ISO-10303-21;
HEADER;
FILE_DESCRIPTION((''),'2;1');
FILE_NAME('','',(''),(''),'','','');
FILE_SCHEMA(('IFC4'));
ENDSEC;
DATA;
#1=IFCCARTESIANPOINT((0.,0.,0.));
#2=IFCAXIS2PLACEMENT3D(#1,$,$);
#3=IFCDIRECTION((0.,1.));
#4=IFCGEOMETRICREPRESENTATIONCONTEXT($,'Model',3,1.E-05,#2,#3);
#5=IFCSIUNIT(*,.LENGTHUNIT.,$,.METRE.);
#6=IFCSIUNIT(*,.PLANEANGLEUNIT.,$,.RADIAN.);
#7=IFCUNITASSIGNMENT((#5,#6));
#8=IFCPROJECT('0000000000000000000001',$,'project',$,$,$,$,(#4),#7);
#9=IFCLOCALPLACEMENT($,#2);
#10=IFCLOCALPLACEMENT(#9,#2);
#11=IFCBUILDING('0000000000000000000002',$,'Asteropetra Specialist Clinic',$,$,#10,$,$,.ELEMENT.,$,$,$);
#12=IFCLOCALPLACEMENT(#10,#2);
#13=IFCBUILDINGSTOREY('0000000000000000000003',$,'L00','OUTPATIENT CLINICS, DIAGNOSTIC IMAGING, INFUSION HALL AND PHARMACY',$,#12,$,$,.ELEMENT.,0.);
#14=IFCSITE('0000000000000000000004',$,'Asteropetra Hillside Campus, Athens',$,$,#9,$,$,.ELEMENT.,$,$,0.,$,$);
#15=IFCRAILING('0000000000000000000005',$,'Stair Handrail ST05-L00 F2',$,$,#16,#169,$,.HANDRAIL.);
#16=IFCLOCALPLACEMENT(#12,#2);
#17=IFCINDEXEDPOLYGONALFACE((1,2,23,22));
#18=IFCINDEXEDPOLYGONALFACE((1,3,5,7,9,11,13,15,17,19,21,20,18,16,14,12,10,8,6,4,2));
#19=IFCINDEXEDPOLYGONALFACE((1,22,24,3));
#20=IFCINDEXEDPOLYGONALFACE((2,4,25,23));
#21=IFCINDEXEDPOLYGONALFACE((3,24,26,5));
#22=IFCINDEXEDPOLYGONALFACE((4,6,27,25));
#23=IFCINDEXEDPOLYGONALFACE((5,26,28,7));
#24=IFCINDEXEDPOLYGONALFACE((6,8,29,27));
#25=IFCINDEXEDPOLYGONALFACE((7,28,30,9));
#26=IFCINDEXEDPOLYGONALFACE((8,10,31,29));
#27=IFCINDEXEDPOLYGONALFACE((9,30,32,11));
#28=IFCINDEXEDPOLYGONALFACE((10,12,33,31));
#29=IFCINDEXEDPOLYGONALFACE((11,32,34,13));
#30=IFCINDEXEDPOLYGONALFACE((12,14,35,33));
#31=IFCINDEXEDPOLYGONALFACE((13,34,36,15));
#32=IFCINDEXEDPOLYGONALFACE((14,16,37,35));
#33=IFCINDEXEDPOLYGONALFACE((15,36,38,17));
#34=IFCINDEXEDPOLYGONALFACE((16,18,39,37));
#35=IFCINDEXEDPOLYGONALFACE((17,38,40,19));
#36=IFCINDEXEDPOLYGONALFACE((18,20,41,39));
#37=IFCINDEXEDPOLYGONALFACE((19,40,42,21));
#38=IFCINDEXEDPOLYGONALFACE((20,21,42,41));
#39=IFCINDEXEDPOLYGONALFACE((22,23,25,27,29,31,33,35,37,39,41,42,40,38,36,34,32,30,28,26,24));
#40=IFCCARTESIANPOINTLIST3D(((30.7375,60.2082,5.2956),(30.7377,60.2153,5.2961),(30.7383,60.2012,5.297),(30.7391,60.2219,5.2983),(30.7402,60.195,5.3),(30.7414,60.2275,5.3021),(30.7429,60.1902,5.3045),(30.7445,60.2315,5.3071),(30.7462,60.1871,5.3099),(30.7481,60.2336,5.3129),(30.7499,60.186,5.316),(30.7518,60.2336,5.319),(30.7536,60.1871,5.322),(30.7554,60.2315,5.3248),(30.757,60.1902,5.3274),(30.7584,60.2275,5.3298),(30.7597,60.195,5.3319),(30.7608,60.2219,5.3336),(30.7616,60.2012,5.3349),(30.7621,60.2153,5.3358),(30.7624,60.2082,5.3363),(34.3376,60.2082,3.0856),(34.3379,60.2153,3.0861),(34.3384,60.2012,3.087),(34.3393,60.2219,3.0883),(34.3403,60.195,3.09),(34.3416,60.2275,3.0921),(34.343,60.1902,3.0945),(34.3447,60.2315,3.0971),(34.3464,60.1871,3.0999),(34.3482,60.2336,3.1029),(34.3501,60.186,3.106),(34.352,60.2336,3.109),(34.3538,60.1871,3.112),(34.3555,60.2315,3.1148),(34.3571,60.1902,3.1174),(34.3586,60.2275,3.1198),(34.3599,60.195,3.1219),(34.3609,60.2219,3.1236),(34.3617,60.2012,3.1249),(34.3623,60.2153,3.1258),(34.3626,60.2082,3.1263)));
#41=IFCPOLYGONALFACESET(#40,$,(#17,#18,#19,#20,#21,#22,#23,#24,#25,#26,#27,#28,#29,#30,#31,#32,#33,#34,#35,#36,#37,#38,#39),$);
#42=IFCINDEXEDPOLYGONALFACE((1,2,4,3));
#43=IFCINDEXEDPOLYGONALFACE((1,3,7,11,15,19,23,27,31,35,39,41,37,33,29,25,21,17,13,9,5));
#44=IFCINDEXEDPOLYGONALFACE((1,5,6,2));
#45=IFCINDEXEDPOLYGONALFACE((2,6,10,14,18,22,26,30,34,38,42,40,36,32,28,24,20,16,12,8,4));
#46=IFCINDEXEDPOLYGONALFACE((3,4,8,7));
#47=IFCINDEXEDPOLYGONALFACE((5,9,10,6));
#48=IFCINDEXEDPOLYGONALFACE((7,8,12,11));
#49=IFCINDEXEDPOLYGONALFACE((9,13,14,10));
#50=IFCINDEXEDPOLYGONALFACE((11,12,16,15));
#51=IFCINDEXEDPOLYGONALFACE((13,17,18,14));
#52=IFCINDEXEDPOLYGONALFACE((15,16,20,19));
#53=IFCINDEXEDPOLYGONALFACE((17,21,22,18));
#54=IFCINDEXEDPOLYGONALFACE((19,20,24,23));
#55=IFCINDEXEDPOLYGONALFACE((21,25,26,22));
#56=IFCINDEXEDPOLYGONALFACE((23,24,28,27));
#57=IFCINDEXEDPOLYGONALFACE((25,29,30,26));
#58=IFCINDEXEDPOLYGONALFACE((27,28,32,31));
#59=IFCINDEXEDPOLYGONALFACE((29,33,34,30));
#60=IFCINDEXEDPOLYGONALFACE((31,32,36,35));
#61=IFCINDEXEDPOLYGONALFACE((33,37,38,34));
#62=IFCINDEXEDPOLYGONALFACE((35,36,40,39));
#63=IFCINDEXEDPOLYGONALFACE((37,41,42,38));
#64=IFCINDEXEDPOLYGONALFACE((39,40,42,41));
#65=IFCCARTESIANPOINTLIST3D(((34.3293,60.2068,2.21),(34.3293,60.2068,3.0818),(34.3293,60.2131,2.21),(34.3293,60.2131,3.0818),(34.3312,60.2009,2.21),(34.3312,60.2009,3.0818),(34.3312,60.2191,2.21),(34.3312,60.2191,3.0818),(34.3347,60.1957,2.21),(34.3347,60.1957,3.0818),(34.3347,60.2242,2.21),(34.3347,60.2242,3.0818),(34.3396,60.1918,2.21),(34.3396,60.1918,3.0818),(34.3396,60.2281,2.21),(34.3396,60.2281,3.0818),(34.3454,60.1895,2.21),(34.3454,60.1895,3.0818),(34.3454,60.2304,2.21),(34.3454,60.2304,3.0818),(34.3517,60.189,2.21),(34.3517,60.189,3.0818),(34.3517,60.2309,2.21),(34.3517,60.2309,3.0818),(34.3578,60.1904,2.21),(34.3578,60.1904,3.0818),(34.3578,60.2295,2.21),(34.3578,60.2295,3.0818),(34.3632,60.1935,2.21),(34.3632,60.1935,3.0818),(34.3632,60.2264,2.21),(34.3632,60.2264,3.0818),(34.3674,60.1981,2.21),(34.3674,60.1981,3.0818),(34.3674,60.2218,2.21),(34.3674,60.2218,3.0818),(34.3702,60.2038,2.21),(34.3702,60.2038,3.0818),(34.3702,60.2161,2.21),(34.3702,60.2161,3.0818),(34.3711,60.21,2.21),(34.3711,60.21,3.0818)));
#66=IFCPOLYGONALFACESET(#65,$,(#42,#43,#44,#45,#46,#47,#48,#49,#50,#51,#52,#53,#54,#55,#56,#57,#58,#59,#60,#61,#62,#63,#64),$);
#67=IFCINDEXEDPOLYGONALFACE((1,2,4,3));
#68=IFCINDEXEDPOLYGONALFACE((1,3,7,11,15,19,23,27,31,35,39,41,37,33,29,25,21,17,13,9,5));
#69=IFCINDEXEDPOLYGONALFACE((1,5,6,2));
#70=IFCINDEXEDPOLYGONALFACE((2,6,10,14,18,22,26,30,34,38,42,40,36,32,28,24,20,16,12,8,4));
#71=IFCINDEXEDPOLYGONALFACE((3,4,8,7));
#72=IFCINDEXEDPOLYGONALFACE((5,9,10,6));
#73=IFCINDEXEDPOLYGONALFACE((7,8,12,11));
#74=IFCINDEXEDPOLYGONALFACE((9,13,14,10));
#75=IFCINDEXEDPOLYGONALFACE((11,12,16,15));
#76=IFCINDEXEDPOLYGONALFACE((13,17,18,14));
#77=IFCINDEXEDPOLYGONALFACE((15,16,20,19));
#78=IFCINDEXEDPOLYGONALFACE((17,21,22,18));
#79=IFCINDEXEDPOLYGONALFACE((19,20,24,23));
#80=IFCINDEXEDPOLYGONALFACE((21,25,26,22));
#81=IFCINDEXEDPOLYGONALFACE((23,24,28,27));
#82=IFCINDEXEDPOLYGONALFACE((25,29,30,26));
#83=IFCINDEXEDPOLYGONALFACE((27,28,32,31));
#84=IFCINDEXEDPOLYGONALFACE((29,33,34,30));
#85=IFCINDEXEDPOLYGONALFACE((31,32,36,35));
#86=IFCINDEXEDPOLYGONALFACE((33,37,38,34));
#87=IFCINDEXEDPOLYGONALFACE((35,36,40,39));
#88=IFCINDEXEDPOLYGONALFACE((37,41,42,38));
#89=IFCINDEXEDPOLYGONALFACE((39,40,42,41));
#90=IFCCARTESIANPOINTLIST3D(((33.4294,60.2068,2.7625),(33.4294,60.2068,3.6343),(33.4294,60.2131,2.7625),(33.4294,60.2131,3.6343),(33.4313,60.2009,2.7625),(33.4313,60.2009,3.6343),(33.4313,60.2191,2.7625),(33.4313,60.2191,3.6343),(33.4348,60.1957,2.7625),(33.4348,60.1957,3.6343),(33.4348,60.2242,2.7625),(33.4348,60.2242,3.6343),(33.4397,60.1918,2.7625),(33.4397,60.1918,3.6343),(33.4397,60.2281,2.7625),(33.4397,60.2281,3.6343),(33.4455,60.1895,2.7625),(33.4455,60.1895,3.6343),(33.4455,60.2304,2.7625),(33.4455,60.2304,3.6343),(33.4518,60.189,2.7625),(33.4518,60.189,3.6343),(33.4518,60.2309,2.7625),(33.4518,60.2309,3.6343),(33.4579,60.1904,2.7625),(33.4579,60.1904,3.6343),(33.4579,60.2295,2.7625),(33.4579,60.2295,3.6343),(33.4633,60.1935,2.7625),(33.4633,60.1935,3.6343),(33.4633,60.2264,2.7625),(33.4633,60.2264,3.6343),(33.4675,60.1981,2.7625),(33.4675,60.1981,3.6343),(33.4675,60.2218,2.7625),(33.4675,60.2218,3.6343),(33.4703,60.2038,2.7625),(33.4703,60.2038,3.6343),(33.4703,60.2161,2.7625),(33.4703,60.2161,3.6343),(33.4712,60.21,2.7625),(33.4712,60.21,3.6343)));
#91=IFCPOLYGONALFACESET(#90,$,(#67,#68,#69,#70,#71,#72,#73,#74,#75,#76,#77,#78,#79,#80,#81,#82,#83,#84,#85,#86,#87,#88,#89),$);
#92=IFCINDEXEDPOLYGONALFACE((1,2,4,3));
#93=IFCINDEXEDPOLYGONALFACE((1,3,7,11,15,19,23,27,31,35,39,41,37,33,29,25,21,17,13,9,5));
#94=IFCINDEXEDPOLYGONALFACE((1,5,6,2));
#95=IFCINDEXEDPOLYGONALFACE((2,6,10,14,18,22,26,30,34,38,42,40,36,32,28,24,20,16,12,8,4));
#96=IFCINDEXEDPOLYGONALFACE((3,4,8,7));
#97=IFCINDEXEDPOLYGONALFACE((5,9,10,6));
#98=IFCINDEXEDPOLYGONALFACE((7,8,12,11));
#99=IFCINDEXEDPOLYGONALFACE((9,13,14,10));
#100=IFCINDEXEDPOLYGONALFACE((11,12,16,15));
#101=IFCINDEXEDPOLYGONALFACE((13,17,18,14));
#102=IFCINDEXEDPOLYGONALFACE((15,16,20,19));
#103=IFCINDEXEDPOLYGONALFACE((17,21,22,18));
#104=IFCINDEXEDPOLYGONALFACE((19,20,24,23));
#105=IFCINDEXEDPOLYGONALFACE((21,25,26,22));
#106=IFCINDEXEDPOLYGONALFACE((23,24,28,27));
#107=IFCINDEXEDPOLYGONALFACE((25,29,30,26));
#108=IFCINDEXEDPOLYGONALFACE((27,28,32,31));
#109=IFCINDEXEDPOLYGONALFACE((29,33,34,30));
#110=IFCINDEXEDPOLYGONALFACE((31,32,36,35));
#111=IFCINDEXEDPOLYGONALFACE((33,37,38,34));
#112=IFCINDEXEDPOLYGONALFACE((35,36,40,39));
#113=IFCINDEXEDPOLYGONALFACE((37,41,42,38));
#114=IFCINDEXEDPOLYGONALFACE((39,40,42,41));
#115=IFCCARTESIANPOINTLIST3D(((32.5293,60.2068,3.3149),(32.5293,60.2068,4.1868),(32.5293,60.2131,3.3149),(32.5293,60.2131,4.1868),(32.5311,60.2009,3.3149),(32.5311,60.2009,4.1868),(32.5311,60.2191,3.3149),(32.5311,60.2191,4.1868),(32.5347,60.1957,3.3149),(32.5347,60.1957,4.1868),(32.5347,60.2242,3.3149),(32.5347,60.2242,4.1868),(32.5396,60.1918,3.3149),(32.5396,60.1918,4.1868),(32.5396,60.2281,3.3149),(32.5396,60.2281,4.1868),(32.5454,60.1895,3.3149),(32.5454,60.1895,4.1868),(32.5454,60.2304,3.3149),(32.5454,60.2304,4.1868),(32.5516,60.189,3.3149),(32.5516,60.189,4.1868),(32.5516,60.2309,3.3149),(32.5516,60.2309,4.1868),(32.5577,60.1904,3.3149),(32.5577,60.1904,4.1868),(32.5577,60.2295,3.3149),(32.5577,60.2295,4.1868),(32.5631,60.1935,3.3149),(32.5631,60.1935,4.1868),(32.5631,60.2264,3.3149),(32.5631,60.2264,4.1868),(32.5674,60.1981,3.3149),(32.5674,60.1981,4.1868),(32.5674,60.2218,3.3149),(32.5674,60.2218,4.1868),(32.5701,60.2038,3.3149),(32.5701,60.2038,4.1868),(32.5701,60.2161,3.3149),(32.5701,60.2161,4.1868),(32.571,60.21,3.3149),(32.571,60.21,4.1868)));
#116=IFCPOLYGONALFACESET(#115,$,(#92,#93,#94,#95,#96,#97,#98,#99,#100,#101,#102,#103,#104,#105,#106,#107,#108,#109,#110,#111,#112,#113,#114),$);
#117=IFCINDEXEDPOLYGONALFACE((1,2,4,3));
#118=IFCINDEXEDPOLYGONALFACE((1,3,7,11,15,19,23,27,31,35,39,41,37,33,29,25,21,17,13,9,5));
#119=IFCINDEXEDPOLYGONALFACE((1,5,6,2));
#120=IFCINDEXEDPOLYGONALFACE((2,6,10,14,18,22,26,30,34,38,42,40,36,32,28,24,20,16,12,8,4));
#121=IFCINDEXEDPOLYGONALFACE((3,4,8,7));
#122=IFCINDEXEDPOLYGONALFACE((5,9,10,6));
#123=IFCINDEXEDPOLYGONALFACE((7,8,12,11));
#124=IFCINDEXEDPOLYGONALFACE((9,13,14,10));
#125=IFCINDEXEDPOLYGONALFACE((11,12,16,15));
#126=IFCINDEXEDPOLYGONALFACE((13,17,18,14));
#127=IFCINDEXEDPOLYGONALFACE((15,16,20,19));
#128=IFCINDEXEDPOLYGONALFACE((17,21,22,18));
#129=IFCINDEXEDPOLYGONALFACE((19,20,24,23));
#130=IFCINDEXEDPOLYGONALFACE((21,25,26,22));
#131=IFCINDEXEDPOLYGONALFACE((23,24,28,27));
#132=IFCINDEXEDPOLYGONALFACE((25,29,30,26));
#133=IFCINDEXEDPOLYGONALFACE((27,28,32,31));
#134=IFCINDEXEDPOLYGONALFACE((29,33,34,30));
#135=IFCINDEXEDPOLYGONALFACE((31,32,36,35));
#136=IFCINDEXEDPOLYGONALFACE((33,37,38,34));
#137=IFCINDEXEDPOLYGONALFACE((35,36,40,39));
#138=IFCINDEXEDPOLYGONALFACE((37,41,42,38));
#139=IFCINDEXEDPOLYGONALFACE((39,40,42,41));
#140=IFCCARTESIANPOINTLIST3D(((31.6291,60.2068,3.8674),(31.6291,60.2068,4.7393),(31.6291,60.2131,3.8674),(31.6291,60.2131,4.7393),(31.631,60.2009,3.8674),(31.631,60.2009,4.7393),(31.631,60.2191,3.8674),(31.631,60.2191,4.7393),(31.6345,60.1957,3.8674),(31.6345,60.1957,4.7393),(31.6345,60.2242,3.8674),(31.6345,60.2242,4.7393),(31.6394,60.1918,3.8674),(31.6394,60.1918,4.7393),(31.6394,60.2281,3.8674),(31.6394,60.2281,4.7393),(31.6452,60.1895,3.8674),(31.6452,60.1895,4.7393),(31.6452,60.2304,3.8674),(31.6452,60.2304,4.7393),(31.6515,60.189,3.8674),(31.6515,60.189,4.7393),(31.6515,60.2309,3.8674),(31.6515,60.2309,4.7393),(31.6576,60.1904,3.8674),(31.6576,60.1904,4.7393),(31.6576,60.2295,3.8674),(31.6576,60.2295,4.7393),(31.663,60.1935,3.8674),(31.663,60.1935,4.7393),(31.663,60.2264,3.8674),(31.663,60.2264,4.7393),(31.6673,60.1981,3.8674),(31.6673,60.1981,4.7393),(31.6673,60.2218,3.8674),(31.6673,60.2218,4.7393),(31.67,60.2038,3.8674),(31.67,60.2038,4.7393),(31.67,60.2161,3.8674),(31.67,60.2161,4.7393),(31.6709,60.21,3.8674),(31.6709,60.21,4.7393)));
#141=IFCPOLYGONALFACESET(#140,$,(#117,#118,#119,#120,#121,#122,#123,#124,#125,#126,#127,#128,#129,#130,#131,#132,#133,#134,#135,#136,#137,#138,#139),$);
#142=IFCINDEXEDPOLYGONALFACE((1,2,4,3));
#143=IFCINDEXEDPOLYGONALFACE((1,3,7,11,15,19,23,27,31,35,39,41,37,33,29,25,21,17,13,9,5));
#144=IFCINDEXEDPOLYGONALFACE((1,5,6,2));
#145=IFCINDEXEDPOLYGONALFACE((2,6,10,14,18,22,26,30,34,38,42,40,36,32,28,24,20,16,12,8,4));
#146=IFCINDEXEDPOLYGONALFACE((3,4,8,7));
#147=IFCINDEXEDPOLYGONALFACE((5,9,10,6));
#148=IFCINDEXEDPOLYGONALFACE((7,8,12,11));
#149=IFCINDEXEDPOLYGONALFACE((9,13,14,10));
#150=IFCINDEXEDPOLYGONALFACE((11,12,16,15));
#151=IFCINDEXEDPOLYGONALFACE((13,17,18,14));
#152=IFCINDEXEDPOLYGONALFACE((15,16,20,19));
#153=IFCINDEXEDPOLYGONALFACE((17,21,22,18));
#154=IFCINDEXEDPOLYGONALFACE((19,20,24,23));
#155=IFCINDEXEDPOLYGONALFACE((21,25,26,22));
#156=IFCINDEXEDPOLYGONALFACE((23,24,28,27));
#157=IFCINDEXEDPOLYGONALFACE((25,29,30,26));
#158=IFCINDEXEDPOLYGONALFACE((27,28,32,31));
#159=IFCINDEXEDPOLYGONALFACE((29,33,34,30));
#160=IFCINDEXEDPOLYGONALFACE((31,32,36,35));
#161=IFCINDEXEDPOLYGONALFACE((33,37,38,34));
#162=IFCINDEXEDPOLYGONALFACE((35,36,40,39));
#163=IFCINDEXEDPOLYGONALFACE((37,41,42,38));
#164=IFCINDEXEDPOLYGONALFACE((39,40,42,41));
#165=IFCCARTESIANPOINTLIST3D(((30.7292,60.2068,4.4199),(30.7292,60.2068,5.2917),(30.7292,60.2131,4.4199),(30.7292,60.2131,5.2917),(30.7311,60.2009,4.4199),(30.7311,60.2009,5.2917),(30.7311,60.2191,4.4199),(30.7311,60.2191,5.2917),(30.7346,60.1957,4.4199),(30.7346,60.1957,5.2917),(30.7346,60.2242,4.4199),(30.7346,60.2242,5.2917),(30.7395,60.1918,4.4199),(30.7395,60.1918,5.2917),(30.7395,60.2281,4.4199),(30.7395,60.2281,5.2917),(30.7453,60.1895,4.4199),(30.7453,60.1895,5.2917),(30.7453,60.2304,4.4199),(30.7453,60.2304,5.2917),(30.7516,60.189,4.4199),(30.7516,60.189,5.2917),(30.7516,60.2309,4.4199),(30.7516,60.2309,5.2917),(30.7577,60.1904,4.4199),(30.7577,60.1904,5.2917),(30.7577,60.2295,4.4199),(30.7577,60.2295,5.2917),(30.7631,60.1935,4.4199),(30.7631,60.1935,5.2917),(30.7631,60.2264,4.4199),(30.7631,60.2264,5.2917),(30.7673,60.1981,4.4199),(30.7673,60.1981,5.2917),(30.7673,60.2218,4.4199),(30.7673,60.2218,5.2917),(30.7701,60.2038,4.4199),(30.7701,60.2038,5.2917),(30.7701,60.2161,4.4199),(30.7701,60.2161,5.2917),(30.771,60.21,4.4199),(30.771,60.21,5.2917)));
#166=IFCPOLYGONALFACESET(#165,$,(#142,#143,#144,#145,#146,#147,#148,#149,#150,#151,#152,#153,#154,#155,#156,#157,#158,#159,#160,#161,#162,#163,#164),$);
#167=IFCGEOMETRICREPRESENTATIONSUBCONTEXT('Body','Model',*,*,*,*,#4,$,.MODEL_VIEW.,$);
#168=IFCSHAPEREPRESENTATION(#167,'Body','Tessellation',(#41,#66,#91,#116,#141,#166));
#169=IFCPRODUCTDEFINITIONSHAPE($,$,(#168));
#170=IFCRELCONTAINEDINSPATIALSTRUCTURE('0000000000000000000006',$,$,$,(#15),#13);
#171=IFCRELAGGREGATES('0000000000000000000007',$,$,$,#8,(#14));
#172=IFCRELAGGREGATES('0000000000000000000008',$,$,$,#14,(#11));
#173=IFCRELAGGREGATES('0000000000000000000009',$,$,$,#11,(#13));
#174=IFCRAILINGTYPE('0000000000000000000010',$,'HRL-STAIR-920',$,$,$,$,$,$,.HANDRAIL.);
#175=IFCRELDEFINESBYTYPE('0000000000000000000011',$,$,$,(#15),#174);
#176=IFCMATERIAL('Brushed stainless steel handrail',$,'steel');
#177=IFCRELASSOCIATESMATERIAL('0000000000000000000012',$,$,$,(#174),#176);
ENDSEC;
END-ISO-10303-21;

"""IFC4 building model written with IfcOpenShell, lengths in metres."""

from ifc_helpers import new_model, si_unit, direction, frame, origin, origin_2d, place, context, subcontext, project, spatial, circle, extrude, material, type_object, element, save


model = new_model("IFC4")

# Units and contexts
model_context = context("Model", 3, precision=1e-05, world=origin(), true_north=direction((0.0, 1.0)))
body_context = subcontext(model_context, "Body", "Model", "MODEL_VIEW")
ifc_project = project(units=[si_unit("LENGTHUNIT", "METRE"), si_unit("PLANEANGLEUNIT", "RADIAN")], contexts=[model_context])

# Site, building, storey
site_placement = place(None, origin())
site = spatial("IfcSite", under=ifc_project, at=site_placement, Name="Asteropetra Hillside Campus, Athens", CompositionType="ELEMENT", RefElevation=0.0)
building_placement = place(site_placement, origin())
building = spatial("IfcBuilding", under=site, at=building_placement, Name="Asteropetra Specialist Clinic", CompositionType="ELEMENT")
storey_placement = place(building_placement, origin())
storey = spatial("IfcBuildingStorey", under=building, at=storey_placement, Name="L00", Description="OUTPATIENT CLINICS, DIAGNOSTIC IMAGING, INFUSION HALL AND PHARMACY", CompositionType="ELEMENT", Elevation=0.0)

# Railing
ifc_material_1 = material(Name="Brushed stainless steel handrail", Category="steel")
railing_type_1 = type_object("IfcRailingType", Name="HRL-STAIR-920", PredefinedType="HANDRAIL", material=ifc_material_1)
railing_1_placement = place(storey_placement, frame((34.3501, 60.21, 2.21)))
element("IfcRailing", 1, at=railing_1_placement, inside=storey, type_object=railing_type_1, Name="Stair Handrail ST05-L00 F2", PredefinedType="HANDRAIL", context=body_context, shape_type="SweptSolid", body=[
    extrude(circle(Radius=0.0239, at=origin_2d()), frame((0.0, 0.0, 0.896), z_axis=(-0.852237, 0.0, 0.523156), x_axis=(0.0, -1.0, 0.0)), (0.0, 0.0, 1.0), 4.2244),
    extrude(circle(Radius=0.021, at=origin_2d()), origin(), (0.0, 0.0, 1.0), 0.8718),
    extrude(circle(Radius=0.021, at=origin_2d()), frame((-0.8999, 0.0, 0.5525)), (0.0, 0.0, 1.0), 0.8718),
    extrude(circle(Radius=0.021, at=origin_2d()), frame((-1.8, 0.0, 1.105)), (0.0, 0.0, 1.0), 0.8718),
    extrude(circle(Radius=0.021, at=origin_2d()), frame((-2.7002, 0.0, 1.6575)), (0.0, 0.0, 1.0), 0.8718),
    extrude(circle(Radius=0.021, at=origin_2d()), frame((-3.6001, 0.0, 2.21)), (0.0, 0.0, 1.0), 0.8718),
])

save(model, "model.ifc")
